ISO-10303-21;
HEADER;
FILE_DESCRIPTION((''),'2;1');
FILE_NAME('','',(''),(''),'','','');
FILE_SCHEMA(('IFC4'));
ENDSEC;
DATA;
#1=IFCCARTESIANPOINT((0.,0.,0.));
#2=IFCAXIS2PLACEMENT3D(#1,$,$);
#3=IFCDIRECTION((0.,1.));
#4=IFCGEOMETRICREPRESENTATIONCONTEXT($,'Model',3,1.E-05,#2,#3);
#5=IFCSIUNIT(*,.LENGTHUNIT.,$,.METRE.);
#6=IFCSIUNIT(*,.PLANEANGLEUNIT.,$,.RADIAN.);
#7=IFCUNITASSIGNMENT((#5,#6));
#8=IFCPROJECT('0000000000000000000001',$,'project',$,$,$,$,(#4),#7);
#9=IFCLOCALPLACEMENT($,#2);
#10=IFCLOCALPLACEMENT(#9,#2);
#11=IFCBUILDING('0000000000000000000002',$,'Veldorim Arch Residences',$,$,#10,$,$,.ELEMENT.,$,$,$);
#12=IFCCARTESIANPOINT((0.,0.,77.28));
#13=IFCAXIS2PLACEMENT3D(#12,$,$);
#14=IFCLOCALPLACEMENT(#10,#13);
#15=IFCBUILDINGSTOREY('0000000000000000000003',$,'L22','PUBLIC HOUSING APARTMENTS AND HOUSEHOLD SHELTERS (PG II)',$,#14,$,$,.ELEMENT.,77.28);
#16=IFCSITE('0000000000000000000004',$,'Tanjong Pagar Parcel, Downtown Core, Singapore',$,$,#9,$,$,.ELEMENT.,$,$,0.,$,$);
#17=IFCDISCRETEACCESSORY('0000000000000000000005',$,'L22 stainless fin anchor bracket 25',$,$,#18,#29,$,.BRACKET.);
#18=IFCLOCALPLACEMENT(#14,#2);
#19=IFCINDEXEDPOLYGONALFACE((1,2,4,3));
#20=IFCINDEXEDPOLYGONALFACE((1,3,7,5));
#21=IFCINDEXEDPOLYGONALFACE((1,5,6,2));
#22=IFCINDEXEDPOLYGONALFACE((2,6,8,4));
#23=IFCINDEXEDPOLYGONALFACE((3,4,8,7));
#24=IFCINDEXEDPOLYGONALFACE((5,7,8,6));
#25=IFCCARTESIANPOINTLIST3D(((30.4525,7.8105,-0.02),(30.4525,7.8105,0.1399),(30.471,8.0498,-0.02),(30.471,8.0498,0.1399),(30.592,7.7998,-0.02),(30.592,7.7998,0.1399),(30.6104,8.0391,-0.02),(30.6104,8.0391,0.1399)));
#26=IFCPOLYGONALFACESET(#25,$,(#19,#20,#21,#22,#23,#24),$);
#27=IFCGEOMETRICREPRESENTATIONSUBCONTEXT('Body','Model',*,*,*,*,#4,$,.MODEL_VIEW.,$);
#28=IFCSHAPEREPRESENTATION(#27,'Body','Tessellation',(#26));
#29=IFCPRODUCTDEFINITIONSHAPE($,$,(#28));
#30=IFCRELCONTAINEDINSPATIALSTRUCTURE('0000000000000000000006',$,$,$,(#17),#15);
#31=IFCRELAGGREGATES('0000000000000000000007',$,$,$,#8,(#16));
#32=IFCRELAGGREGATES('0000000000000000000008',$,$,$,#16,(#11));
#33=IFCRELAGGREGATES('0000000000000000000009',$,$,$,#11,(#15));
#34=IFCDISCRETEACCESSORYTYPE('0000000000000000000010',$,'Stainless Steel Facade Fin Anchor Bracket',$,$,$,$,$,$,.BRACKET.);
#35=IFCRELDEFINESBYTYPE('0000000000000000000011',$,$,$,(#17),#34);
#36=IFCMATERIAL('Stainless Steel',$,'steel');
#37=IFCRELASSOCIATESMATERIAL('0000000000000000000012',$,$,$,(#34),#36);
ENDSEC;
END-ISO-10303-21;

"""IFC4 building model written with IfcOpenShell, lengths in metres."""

from ifc_helpers import new_model, si_unit, direction, frame, origin, origin_2d, place, context, subcontext, project, spatial, rectangle, extrude, material, type_object, element, save


model = new_model("IFC4")

# Units and contexts
model_context = context("Model", 3, precision=1e-05, world=origin(), true_north=direction((0.0, 1.0)))
body_context = subcontext(model_context, "Body", "Model", "MODEL_VIEW")
ifc_project = project(units=[si_unit("LENGTHUNIT", "METRE"), si_unit("PLANEANGLEUNIT", "RADIAN")], contexts=[model_context])

# Site, building, storey
site_placement = place(None, origin())
site = spatial("IfcSite", under=ifc_project, at=site_placement, Name="Tanjong Pagar Parcel, Downtown Core, Singapore", CompositionType="ELEMENT", RefElevation=0.0)
building_placement = place(site_placement, origin())
building = spatial("IfcBuilding", under=site, at=building_placement, Name="Veldorim Arch Residences", CompositionType="ELEMENT")
storey_placement = place(building_placement, frame((0.0, 0.0, 77.28)))
storey = spatial("IfcBuildingStorey", under=building, at=storey_placement, Name="L22", Description="PUBLIC HOUSING APARTMENTS AND HOUSEHOLD SHELTERS (PG II)", CompositionType="ELEMENT", Elevation=77.28)

# Discrete accessory
ifc_material_1 = material(Name="Stainless Steel", Category="steel")
discrete_accessory_type = type_object("IfcDiscreteAccessoryType", Name="Stainless Steel Facade Fin Anchor Bracket", PredefinedType="BRACKET", material=ifc_material_1)
discrete_accessory_placement = place(storey_placement, frame((30.5315, 7.9248, -0.02), z_axis=(0.0, 0.0, 1.0), x_axis=(-0.997053, 0.076719, 0.0)))
element("IfcDiscreteAccessory", 1, at=discrete_accessory_placement, inside=storey, type_object=discrete_accessory_type, Name="L22 stainless fin anchor bracket 25", PredefinedType="BRACKET", context=body_context, shape_type="SweptSolid", body=[
    extrude(rectangle(XDim=0.1399, YDim=0.24, at=origin_2d()), origin(), (0.0, 0.0, 1.0), 0.1599),
])

save(model, "model.ifc")
